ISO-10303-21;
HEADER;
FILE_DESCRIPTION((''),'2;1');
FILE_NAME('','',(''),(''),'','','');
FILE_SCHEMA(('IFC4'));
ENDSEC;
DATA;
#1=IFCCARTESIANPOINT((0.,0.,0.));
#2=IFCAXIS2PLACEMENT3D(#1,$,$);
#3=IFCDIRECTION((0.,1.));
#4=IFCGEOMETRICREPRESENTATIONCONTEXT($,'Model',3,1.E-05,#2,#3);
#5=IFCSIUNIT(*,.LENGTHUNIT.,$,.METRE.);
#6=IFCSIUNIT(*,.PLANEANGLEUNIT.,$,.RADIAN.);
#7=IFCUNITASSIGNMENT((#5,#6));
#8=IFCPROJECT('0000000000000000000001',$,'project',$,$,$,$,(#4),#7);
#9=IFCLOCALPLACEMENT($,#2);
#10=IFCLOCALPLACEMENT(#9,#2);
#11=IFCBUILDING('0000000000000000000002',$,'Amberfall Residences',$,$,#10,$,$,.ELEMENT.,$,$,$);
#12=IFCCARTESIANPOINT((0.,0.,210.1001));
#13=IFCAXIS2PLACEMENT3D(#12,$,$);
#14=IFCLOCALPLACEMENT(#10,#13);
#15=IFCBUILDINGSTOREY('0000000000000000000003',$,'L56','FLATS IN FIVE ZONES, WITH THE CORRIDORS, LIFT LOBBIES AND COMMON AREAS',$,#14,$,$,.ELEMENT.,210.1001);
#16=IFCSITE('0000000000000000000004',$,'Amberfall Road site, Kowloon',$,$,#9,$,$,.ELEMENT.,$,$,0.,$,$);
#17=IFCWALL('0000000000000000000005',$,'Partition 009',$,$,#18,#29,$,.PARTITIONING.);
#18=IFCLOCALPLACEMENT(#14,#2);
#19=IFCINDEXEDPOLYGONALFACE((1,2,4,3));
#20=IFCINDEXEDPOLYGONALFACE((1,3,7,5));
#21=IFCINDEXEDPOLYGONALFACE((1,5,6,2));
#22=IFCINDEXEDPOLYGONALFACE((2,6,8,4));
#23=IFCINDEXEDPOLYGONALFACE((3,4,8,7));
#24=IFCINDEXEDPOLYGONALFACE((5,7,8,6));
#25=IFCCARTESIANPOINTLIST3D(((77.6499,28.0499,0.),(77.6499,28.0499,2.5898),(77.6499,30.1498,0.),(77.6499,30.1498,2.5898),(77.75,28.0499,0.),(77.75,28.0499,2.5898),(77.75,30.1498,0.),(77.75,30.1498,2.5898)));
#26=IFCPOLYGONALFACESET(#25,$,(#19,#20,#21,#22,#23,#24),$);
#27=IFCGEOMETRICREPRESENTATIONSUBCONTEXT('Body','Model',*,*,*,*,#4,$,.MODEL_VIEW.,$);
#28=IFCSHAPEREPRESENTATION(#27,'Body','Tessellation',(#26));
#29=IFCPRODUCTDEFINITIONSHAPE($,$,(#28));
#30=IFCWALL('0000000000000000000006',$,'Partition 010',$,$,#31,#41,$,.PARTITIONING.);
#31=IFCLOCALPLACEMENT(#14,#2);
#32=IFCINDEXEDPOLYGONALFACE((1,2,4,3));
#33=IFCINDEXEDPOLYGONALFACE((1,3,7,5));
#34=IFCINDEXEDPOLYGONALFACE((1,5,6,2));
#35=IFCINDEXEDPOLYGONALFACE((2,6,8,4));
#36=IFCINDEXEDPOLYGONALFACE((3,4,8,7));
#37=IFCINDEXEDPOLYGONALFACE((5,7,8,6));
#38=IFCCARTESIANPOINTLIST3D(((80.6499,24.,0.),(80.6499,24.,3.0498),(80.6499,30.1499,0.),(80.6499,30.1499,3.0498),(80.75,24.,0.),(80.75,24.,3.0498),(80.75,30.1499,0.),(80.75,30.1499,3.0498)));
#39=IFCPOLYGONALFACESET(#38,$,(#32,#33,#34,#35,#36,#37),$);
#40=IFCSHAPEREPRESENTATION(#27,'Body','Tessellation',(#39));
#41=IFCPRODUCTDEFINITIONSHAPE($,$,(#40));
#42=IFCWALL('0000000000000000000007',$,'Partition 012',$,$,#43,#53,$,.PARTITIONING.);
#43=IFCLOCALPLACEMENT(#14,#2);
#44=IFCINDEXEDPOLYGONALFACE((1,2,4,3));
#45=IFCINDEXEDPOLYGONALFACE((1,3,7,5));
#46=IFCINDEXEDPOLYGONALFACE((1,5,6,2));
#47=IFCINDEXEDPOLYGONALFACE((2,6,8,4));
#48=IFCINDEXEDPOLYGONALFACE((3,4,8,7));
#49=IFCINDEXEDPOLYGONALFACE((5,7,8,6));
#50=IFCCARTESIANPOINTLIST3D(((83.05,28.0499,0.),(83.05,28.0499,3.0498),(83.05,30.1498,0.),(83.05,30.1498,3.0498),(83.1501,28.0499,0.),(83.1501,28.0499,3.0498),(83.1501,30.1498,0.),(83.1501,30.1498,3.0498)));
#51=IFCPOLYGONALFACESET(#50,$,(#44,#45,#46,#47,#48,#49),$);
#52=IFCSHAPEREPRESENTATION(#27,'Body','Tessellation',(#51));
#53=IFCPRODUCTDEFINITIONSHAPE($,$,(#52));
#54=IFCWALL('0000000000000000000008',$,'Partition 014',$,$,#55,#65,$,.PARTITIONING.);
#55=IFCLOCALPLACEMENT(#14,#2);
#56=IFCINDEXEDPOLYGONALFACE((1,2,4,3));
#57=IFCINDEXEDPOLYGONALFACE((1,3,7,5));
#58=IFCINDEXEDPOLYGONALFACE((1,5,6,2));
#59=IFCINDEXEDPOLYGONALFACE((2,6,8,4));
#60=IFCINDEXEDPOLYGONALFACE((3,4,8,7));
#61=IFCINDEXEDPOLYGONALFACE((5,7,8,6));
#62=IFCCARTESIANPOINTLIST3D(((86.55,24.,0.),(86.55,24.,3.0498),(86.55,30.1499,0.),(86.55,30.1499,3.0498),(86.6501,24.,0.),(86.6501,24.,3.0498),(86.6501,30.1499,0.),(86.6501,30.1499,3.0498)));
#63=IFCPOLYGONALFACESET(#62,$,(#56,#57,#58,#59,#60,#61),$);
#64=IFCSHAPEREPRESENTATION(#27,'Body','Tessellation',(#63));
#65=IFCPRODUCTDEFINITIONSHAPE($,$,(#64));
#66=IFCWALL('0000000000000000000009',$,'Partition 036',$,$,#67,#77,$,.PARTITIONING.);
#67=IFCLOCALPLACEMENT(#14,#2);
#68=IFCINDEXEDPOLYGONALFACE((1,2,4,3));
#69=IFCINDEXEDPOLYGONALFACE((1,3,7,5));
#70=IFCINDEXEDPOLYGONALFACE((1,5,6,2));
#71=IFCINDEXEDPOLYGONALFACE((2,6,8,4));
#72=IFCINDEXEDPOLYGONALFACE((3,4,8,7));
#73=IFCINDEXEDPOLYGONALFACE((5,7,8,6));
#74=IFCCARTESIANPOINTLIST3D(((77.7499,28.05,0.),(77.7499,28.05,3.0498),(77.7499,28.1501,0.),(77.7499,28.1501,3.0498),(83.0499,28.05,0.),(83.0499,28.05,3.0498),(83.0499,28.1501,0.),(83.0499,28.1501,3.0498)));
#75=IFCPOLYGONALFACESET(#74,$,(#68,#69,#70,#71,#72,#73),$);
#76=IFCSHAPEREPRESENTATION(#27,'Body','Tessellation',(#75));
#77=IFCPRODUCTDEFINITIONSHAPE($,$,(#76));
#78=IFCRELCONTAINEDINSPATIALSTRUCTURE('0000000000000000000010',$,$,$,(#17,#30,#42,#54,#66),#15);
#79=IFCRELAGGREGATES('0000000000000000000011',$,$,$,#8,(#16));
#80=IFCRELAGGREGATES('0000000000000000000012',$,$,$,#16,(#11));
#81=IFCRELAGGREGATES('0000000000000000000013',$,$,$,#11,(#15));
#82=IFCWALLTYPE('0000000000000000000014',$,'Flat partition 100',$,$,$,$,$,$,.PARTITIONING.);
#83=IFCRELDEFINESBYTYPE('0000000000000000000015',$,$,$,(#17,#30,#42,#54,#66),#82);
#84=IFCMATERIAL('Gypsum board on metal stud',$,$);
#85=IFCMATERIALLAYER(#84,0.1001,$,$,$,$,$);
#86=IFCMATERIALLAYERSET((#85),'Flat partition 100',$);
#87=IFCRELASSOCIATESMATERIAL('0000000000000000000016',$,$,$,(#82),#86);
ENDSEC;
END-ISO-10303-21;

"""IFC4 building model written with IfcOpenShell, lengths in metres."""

from ifc_helpers import new_model, si_unit, direction, frame, frame_2d, origin, place, context, subcontext, project, spatial, rectangle, extrude, material, layer, layer_set, type_object, element, save


model = new_model("IFC4")

# Units and contexts
model_context = context("Model", 3, precision=1e-05, world=origin(), true_north=direction((0.0, 1.0)))
body_context = subcontext(model_context, "Body", "Model", "MODEL_VIEW")
ifc_project = project(units=[si_unit("LENGTHUNIT", "METRE"), si_unit("PLANEANGLEUNIT", "RADIAN")], contexts=[model_context])

# Site, building, storey
site_placement = place(None, origin())
site = spatial("IfcSite", under=ifc_project, at=site_placement, Name="Amberfall Road site, Kowloon", CompositionType="ELEMENT", RefElevation=0.0)
building_placement = place(site_placement, origin())
building = spatial("IfcBuilding", under=site, at=building_placement, Name="Amberfall Residences", CompositionType="ELEMENT")
storey_placement = place(building_placement, frame((0.0, 0.0, 210.1001)))
storey = spatial("IfcBuildingStorey", under=building, at=storey_placement, Name="L56", Description="FLATS IN FIVE ZONES, WITH THE CORRIDORS, LIFT LOBBIES AND COMMON AREAS", CompositionType="ELEMENT", Elevation=210.1001)

# Walls
ifc_material_1 = material(Name="Gypsum board on metal stud")
ifc_layer_1 = layer(ifc_material_1, 0.1001)
ifc_layer_set_1 = layer_set([ifc_layer_1], Name="Flat partition 100")
wall_type_1 = type_object("IfcWallType", Name="Flat partition 100", PredefinedType="PARTITIONING", material=ifc_layer_set_1)
wall_1_placement = place(storey_placement, frame((77.7, 28.05, 0.0), z_axis=(0.0, 0.0, 1.0), x_axis=(0.0, 1.0, 0.0)))
element("IfcWall", 1, at=wall_1_placement, inside=storey, type_object=wall_type_1, Name="Partition 009", PredefinedType="PARTITIONING", context=body_context, shape_type="SweptSolid", body=[
    extrude(rectangle(XDim=2.0999, YDim=0.1001, at=frame_2d((1.0498, 0.0))), origin(), (0.0, 0.0, 1.0), 2.5898),
])
wall_2_placement = place(storey_placement, frame((80.7, 24.0, 0.0), z_axis=(0.0, 0.0, 1.0), x_axis=(0.0, 1.0, 0.0)))
element("IfcWall", 2, at=wall_2_placement, inside=storey, type_object=wall_type_1, Name="Partition 010", PredefinedType="PARTITIONING", context=body_context, shape_type="SweptSolid", body=[
    extrude(rectangle(XDim=6.1499, YDim=0.1001, at=frame_2d((3.075, 0.0))), origin(), (0.0, 0.0, 1.0), 3.0498),
])
wall_3_placement = place(storey_placement, frame((83.1001, 28.05, 0.0), z_axis=(0.0, 0.0, 1.0), x_axis=(0.0, 1.0, 0.0)))
element("IfcWall", 3, at=wall_3_placement, inside=storey, type_object=wall_type_1, Name="Partition 012", PredefinedType="PARTITIONING", context=body_context, shape_type="SweptSolid", body=[
    extrude(rectangle(XDim=2.0999, YDim=0.1001, at=frame_2d((1.0498, 0.0))), origin(), (0.0, 0.0, 1.0), 3.0498),
])
wall_4_placement = place(storey_placement, frame((86.6001, 24.0, 0.0), z_axis=(0.0, 0.0, 1.0), x_axis=(0.0, 1.0, 0.0)))
element("IfcWall", 4, at=wall_4_placement, inside=storey, type_object=wall_type_1, Name="Partition 014", PredefinedType="PARTITIONING", context=body_context, shape_type="SweptSolid", body=[
    extrude(rectangle(XDim=6.1499, YDim=0.1001, at=frame_2d((3.075, 0.0))), origin(), (0.0, 0.0, 1.0), 3.0498),
])
wall_5_placement = place(storey_placement, frame((77.75, 28.1001, 0.0), z_axis=(0.0, 0.0, 1.0), x_axis=(1.0, 0.0, 0.0)))
element("IfcWall", 5, at=wall_5_placement, inside=storey, type_object=wall_type_1, Name="Partition 036", PredefinedType="PARTITIONING", context=body_context, shape_type="SweptSolid", body=[
    extrude(rectangle(XDim=5.3, YDim=0.1001, at=frame_2d((2.6499, 0.0))), origin(), (0.0, 0.0, 1.0), 3.0498),
])

save(model, "model.ifc")
